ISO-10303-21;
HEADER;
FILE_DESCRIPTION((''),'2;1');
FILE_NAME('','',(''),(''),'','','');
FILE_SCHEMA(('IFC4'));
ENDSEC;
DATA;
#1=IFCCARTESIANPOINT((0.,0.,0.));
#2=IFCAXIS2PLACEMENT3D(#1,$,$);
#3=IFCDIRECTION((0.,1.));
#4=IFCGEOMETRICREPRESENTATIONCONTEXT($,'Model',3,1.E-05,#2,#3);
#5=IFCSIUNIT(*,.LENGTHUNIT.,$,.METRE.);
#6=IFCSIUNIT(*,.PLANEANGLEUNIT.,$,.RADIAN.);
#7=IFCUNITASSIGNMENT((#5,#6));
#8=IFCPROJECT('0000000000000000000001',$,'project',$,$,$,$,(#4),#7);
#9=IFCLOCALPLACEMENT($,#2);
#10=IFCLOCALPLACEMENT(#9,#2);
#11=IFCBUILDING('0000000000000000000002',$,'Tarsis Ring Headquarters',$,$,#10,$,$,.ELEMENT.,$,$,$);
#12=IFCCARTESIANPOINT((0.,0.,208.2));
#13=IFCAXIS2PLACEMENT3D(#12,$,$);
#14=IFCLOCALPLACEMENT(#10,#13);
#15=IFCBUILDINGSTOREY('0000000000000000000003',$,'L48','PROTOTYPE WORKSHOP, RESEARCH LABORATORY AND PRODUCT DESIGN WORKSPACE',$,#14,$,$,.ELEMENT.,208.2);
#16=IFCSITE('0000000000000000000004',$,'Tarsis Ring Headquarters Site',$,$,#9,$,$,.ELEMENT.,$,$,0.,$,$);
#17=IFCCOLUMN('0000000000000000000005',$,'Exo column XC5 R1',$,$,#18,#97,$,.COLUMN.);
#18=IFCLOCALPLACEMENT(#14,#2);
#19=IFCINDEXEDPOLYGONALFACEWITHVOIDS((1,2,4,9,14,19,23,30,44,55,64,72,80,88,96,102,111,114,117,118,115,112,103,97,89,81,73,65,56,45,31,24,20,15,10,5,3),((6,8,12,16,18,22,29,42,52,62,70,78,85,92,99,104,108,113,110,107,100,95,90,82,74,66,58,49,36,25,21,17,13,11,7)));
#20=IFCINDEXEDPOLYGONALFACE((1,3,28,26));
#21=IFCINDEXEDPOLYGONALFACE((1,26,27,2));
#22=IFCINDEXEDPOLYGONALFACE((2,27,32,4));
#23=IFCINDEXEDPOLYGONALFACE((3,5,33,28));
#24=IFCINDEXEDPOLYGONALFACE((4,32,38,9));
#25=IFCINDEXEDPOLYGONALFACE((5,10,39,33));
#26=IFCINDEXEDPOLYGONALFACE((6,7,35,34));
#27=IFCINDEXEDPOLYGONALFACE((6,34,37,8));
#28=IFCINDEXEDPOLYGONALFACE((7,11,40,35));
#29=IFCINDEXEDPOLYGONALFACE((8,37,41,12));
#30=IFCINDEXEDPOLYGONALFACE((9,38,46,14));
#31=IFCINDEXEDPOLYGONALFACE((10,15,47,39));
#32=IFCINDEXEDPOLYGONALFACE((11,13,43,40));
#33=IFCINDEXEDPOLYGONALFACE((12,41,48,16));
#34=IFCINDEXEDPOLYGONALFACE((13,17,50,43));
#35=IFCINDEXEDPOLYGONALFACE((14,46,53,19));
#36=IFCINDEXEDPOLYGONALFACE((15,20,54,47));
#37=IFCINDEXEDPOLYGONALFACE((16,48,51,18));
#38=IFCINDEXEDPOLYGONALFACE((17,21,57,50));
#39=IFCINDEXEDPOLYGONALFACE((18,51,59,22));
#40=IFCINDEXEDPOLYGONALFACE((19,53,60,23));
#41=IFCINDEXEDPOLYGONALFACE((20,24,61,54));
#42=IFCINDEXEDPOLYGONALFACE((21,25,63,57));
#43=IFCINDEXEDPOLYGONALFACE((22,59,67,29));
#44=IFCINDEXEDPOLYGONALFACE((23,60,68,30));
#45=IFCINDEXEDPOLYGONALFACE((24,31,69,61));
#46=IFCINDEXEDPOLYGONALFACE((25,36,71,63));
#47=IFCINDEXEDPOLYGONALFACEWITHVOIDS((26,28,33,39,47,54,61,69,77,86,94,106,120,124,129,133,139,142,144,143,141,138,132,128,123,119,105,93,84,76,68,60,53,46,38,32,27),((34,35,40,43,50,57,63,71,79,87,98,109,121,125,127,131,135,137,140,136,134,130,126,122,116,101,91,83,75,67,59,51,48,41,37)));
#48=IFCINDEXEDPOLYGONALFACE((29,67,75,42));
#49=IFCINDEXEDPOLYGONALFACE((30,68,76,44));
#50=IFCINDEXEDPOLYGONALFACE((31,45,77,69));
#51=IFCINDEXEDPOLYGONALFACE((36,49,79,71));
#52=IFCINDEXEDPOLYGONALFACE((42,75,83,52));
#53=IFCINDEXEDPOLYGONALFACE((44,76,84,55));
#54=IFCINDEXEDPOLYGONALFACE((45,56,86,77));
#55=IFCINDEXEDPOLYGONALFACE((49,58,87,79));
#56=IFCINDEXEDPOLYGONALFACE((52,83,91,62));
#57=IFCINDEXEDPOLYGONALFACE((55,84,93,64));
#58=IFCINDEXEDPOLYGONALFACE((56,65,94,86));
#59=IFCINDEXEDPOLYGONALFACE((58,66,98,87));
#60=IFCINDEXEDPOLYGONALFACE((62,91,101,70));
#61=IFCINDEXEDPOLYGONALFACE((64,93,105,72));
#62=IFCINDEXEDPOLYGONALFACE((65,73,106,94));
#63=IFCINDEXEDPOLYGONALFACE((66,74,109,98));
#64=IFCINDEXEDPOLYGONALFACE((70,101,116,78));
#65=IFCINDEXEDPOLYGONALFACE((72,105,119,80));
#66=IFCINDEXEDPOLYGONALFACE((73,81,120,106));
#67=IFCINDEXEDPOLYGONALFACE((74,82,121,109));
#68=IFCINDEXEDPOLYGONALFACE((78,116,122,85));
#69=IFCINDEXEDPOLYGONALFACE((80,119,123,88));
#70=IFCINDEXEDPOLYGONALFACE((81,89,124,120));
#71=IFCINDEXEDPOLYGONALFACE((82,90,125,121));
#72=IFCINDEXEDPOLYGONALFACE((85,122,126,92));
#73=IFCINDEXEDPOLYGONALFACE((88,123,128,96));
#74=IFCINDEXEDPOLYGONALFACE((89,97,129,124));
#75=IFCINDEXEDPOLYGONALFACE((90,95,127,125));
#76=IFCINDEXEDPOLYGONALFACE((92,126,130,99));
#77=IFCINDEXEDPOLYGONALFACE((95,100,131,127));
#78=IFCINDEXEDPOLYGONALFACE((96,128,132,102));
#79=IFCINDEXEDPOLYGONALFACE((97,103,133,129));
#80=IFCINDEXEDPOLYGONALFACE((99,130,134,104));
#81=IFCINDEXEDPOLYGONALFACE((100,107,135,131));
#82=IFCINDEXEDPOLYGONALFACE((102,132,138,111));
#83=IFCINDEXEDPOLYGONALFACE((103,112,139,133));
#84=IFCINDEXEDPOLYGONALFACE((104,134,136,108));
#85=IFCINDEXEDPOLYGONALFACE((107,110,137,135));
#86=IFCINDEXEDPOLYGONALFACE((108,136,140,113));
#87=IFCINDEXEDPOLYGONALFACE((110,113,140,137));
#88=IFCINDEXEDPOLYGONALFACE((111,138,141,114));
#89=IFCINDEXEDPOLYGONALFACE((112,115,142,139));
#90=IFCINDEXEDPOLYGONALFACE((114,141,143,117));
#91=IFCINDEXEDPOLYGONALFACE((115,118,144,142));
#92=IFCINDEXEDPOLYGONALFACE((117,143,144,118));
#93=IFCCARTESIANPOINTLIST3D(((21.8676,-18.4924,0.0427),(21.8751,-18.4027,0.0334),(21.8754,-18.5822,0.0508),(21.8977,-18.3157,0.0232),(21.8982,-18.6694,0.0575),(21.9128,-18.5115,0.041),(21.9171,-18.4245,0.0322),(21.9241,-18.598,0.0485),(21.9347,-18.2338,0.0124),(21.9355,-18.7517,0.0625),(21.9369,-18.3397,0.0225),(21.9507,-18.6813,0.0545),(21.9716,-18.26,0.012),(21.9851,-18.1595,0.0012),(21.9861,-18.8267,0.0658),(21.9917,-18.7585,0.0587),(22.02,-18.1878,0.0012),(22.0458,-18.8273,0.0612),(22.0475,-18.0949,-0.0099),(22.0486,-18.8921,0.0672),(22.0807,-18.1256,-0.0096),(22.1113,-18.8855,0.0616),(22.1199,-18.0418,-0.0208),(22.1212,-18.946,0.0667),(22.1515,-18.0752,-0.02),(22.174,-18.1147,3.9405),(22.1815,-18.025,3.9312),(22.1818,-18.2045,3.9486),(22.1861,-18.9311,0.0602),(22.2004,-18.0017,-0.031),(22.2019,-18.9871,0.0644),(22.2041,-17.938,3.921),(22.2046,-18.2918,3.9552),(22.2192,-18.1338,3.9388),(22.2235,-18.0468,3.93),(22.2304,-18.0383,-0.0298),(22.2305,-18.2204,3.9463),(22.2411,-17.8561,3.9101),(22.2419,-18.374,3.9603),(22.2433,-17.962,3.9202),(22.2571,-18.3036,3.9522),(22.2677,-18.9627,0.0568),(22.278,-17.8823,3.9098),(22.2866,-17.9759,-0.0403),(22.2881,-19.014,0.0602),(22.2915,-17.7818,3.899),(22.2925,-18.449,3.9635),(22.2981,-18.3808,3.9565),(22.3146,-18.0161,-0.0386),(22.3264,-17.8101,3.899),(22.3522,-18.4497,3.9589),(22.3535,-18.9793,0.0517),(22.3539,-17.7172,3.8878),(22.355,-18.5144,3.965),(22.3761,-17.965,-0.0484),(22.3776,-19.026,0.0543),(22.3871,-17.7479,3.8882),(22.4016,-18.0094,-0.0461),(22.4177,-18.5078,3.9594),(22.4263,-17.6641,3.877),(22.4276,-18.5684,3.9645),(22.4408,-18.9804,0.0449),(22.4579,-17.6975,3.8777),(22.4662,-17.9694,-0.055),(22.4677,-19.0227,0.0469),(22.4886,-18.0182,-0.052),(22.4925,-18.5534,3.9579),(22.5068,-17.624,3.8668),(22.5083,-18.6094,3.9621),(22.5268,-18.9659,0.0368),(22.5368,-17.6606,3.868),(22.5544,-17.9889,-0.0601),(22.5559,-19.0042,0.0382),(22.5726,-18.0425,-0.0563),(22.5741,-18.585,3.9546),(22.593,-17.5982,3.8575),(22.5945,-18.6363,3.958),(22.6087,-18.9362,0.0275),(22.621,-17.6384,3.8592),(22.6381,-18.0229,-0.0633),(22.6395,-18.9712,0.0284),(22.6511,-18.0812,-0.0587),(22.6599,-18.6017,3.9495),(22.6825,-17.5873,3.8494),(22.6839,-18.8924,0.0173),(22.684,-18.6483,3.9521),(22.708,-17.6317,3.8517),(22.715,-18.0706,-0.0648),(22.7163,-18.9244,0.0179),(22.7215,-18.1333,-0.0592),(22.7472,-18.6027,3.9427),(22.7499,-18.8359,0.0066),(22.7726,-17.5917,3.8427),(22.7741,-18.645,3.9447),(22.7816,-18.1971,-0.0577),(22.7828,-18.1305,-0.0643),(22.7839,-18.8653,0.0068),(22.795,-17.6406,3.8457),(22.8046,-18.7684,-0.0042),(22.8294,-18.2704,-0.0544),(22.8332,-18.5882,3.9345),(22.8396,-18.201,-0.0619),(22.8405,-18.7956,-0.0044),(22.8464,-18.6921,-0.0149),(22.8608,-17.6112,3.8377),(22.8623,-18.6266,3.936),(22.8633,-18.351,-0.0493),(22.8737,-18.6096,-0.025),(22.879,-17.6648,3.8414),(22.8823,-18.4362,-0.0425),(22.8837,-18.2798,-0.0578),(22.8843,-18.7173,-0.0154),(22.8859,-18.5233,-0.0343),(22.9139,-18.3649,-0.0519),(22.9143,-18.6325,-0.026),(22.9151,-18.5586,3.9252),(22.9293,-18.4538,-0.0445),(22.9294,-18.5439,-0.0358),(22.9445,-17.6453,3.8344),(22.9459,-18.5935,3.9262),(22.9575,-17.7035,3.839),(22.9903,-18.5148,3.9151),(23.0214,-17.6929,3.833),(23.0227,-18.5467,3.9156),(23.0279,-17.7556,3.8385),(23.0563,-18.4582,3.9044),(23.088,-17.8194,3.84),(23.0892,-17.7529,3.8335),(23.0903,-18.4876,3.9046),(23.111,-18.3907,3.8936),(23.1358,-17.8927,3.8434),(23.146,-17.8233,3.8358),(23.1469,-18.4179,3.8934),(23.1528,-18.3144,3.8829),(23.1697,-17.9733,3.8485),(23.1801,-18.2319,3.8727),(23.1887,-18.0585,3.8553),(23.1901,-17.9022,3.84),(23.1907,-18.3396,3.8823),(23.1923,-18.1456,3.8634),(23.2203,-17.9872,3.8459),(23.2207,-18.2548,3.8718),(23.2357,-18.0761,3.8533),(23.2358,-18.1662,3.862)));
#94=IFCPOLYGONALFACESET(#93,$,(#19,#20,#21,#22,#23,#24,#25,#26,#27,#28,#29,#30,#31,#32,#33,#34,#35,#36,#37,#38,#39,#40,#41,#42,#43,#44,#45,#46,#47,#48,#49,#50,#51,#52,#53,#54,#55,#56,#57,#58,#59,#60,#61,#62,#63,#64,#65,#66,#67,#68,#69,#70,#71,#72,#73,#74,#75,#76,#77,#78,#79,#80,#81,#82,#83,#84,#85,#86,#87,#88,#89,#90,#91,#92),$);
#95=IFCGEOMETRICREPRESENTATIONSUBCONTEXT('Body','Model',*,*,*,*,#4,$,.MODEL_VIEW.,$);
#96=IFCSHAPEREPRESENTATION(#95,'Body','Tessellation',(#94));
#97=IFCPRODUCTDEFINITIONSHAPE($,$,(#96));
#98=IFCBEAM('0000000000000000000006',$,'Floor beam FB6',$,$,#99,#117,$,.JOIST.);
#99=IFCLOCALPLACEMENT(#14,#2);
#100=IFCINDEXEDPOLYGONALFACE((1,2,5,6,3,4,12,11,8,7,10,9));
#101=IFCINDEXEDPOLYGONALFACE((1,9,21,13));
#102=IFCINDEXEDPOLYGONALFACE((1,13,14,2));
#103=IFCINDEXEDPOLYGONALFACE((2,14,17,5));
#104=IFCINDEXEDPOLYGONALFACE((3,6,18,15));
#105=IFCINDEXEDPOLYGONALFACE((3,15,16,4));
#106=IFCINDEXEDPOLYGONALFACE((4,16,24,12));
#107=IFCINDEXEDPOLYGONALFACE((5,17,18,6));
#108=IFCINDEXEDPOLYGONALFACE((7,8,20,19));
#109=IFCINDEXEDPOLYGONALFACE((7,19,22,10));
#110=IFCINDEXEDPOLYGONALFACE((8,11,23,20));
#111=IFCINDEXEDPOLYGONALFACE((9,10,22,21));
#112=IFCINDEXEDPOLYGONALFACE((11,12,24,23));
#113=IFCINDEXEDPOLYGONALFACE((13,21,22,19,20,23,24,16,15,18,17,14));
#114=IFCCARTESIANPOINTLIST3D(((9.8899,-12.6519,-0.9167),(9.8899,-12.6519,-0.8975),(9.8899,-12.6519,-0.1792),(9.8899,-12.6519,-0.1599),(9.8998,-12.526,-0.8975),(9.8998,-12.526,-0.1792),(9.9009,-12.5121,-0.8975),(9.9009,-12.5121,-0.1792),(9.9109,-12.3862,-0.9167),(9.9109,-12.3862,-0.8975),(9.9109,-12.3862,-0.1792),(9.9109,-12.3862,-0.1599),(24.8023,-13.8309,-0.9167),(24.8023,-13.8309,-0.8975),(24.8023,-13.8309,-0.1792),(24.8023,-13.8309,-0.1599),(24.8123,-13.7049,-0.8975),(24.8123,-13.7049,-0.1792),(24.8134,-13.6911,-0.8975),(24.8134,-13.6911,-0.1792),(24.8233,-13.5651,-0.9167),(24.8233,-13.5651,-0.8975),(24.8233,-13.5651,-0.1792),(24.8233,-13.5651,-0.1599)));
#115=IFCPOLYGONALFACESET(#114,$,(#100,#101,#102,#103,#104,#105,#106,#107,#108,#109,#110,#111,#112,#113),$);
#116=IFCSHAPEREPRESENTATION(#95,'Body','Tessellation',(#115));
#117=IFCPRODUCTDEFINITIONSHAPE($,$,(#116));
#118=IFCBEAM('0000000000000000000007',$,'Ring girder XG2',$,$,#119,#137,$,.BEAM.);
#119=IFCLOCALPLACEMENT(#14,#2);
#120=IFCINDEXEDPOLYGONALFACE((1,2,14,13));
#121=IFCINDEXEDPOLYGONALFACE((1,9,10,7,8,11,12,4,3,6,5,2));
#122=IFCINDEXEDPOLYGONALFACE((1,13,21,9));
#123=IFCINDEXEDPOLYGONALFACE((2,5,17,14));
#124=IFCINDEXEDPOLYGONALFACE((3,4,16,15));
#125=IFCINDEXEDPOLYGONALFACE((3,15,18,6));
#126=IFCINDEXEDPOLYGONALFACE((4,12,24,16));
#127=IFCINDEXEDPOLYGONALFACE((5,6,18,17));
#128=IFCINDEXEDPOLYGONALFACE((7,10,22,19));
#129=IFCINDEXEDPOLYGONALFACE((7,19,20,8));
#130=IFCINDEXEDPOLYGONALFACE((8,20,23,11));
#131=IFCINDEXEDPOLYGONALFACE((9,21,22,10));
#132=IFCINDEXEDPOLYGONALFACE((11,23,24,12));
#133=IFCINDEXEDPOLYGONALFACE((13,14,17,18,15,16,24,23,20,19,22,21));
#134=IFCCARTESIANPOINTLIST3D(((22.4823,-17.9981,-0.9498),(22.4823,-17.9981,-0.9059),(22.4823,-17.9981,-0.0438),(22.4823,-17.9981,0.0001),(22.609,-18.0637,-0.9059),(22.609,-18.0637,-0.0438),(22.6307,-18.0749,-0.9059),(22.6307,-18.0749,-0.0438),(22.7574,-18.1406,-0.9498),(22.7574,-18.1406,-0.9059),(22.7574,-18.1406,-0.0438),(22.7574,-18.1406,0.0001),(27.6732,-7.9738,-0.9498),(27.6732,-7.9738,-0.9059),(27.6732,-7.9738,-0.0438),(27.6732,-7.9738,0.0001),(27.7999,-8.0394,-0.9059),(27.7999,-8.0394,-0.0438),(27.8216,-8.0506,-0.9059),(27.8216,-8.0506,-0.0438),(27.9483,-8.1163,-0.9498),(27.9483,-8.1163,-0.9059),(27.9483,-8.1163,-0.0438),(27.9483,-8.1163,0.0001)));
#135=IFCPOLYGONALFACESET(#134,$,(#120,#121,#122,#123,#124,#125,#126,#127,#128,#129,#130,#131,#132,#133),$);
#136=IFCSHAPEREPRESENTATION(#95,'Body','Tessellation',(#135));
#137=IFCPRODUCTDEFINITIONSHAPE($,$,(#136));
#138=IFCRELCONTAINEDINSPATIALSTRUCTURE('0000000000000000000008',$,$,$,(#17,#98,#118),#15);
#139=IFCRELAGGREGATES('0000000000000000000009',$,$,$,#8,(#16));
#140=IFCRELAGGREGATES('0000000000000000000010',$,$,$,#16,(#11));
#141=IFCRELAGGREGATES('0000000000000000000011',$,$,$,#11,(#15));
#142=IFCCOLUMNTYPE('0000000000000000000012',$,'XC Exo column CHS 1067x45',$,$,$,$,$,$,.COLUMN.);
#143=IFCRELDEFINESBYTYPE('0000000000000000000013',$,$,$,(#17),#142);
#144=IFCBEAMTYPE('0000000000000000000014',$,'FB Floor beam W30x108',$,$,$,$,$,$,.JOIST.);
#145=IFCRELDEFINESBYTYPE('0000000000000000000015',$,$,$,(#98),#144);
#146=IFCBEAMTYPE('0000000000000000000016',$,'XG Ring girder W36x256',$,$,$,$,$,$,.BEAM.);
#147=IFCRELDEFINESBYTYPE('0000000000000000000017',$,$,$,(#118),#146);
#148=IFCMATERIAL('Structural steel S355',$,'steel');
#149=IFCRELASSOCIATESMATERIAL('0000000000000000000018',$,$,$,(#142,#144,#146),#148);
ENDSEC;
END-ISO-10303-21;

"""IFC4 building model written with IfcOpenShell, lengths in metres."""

from ifc_helpers import new_model, si_unit, direction, frame, origin, origin_2d, place, context, subcontext, project, spatial, hollow_circle, i_section, extrude, material, material_profile, profile_set, type_object, element, save


model = new_model("IFC4")

# Units and contexts
model_context = context("Model", 3, precision=1e-05, world=origin(), true_north=direction((0.0, 1.0)))
body_context = subcontext(model_context, "Body", "Model", "MODEL_VIEW")
ifc_project = project(units=[si_unit("LENGTHUNIT", "METRE"), si_unit("PLANEANGLEUNIT", "RADIAN")], contexts=[model_context])

# Site, building, storey
site_placement = place(None, origin())
site = spatial("IfcSite", under=ifc_project, at=site_placement, Name="Tarsis Ring Headquarters Site", CompositionType="ELEMENT", RefElevation=0.0)
building_placement = place(site_placement, origin())
building = spatial("IfcBuilding", under=site, at=building_placement, Name="Tarsis Ring Headquarters", CompositionType="ELEMENT")
storey_placement = place(building_placement, frame((0.0, 0.0, 208.2)))
storey = spatial("IfcBuildingStorey", under=building, at=storey_placement, Name="L48", Description="PROTOTYPE WORKSHOP, RESEARCH LABORATORY AND PRODUCT DESIGN WORKSPACE", CompositionType="ELEMENT", Elevation=208.2)

# Column
ifc_material_1 = material(Name="Structural steel S355", Category="steel")
ifc_material_profile_1 = material_profile(ifc_material_1, hollow_circle(Radius=0.5334, WallThickness=0.0449, at=origin_2d()), Name="CHS 1067x45")
ifc_profile_set_1 = profile_set([ifc_material_profile_1], Name="Structural steel S355")
column_type = type_object("IfcColumnType", Name="XC Exo column CHS 1067x45", PredefinedType="COLUMN", material=ifc_profile_set_1)
column_placement = place(storey_placement, frame((22.3994, -18.4956, 0.0012), z_axis=(0.078005, 0.096154, 0.992305), x_axis=(-0.77659, 0.630007, 0.0)))
element("IfcColumn", 1, at=column_placement, inside=storey, type_object=column_type, Name="Exo column XC5 R1", PredefinedType="COLUMN", context=body_context, shape_type="SweptSolid", body=[
    extrude(hollow_circle(Radius=0.5334, WallThickness=0.0449, at=origin_2d()), origin(), (0.0, 0.0, 1.0), 3.928),
])

# Beams
ifc_material_profile_2 = material_profile(ifc_material_1, i_section(OverallWidth=0.2666, OverallDepth=0.7568, WebThickness=0.0139, FlangeThickness=0.0193, at=origin_2d()), Name="W30x108")
ifc_profile_set_2 = profile_set([ifc_material_profile_2], Name="Structural steel S355")
beam_type_1 = type_object("IfcBeamType", Name="FB Floor beam W30x108", PredefinedType="JOIST", material=ifc_profile_set_2)
beam_1_placement = place(storey_placement, frame((9.9004, -12.519, -0.5383), z_axis=(0.996889, -0.078813, 0.0), x_axis=(0.078813, 0.996889, 0.0)))
element("IfcBeam", 2, at=beam_1_placement, inside=storey, type_object=beam_type_1, Name="Floor beam FB6", PredefinedType="JOIST", context=body_context, shape_type="SweptSolid", body=[
    extrude(i_section(OverallWidth=0.2666, OverallDepth=0.7568, WebThickness=0.0139, FlangeThickness=0.0193, at=origin_2d()), origin(), (0.0, 0.0, 1.0), 14.959),
])
ifc_material_profile_3 = material_profile(ifc_material_1, i_section(OverallWidth=0.3098, OverallDepth=0.95, WebThickness=0.0244, FlangeThickness=0.0439, at=origin_2d()), Name="W36x256")
ifc_profile_set_3 = profile_set([ifc_material_profile_3], Name="Structural steel S355")
beam_type_2 = type_object("IfcBeamType", Name="XG Ring girder W36x256", PredefinedType="BEAM", material=ifc_profile_set_3)
beam_2_placement = place(storey_placement, frame((22.6199, -18.0693, -0.4749), z_axis=(0.459834, 0.888005, 0.0), x_axis=(-0.888005, 0.459834, 0.0)))
element("IfcBeam", 3, at=beam_2_placement, inside=storey, type_object=beam_type_2, Name="Ring girder XG2", PredefinedType="BEAM", context=body_context, shape_type="SweptSolid", body=[
    extrude(i_section(OverallWidth=0.3098, OverallDepth=0.95, WebThickness=0.0244, FlangeThickness=0.0439, at=origin_2d()), origin(), (0.0, 0.0, 1.0), 11.2886),
])

save(model, "model.ifc")
